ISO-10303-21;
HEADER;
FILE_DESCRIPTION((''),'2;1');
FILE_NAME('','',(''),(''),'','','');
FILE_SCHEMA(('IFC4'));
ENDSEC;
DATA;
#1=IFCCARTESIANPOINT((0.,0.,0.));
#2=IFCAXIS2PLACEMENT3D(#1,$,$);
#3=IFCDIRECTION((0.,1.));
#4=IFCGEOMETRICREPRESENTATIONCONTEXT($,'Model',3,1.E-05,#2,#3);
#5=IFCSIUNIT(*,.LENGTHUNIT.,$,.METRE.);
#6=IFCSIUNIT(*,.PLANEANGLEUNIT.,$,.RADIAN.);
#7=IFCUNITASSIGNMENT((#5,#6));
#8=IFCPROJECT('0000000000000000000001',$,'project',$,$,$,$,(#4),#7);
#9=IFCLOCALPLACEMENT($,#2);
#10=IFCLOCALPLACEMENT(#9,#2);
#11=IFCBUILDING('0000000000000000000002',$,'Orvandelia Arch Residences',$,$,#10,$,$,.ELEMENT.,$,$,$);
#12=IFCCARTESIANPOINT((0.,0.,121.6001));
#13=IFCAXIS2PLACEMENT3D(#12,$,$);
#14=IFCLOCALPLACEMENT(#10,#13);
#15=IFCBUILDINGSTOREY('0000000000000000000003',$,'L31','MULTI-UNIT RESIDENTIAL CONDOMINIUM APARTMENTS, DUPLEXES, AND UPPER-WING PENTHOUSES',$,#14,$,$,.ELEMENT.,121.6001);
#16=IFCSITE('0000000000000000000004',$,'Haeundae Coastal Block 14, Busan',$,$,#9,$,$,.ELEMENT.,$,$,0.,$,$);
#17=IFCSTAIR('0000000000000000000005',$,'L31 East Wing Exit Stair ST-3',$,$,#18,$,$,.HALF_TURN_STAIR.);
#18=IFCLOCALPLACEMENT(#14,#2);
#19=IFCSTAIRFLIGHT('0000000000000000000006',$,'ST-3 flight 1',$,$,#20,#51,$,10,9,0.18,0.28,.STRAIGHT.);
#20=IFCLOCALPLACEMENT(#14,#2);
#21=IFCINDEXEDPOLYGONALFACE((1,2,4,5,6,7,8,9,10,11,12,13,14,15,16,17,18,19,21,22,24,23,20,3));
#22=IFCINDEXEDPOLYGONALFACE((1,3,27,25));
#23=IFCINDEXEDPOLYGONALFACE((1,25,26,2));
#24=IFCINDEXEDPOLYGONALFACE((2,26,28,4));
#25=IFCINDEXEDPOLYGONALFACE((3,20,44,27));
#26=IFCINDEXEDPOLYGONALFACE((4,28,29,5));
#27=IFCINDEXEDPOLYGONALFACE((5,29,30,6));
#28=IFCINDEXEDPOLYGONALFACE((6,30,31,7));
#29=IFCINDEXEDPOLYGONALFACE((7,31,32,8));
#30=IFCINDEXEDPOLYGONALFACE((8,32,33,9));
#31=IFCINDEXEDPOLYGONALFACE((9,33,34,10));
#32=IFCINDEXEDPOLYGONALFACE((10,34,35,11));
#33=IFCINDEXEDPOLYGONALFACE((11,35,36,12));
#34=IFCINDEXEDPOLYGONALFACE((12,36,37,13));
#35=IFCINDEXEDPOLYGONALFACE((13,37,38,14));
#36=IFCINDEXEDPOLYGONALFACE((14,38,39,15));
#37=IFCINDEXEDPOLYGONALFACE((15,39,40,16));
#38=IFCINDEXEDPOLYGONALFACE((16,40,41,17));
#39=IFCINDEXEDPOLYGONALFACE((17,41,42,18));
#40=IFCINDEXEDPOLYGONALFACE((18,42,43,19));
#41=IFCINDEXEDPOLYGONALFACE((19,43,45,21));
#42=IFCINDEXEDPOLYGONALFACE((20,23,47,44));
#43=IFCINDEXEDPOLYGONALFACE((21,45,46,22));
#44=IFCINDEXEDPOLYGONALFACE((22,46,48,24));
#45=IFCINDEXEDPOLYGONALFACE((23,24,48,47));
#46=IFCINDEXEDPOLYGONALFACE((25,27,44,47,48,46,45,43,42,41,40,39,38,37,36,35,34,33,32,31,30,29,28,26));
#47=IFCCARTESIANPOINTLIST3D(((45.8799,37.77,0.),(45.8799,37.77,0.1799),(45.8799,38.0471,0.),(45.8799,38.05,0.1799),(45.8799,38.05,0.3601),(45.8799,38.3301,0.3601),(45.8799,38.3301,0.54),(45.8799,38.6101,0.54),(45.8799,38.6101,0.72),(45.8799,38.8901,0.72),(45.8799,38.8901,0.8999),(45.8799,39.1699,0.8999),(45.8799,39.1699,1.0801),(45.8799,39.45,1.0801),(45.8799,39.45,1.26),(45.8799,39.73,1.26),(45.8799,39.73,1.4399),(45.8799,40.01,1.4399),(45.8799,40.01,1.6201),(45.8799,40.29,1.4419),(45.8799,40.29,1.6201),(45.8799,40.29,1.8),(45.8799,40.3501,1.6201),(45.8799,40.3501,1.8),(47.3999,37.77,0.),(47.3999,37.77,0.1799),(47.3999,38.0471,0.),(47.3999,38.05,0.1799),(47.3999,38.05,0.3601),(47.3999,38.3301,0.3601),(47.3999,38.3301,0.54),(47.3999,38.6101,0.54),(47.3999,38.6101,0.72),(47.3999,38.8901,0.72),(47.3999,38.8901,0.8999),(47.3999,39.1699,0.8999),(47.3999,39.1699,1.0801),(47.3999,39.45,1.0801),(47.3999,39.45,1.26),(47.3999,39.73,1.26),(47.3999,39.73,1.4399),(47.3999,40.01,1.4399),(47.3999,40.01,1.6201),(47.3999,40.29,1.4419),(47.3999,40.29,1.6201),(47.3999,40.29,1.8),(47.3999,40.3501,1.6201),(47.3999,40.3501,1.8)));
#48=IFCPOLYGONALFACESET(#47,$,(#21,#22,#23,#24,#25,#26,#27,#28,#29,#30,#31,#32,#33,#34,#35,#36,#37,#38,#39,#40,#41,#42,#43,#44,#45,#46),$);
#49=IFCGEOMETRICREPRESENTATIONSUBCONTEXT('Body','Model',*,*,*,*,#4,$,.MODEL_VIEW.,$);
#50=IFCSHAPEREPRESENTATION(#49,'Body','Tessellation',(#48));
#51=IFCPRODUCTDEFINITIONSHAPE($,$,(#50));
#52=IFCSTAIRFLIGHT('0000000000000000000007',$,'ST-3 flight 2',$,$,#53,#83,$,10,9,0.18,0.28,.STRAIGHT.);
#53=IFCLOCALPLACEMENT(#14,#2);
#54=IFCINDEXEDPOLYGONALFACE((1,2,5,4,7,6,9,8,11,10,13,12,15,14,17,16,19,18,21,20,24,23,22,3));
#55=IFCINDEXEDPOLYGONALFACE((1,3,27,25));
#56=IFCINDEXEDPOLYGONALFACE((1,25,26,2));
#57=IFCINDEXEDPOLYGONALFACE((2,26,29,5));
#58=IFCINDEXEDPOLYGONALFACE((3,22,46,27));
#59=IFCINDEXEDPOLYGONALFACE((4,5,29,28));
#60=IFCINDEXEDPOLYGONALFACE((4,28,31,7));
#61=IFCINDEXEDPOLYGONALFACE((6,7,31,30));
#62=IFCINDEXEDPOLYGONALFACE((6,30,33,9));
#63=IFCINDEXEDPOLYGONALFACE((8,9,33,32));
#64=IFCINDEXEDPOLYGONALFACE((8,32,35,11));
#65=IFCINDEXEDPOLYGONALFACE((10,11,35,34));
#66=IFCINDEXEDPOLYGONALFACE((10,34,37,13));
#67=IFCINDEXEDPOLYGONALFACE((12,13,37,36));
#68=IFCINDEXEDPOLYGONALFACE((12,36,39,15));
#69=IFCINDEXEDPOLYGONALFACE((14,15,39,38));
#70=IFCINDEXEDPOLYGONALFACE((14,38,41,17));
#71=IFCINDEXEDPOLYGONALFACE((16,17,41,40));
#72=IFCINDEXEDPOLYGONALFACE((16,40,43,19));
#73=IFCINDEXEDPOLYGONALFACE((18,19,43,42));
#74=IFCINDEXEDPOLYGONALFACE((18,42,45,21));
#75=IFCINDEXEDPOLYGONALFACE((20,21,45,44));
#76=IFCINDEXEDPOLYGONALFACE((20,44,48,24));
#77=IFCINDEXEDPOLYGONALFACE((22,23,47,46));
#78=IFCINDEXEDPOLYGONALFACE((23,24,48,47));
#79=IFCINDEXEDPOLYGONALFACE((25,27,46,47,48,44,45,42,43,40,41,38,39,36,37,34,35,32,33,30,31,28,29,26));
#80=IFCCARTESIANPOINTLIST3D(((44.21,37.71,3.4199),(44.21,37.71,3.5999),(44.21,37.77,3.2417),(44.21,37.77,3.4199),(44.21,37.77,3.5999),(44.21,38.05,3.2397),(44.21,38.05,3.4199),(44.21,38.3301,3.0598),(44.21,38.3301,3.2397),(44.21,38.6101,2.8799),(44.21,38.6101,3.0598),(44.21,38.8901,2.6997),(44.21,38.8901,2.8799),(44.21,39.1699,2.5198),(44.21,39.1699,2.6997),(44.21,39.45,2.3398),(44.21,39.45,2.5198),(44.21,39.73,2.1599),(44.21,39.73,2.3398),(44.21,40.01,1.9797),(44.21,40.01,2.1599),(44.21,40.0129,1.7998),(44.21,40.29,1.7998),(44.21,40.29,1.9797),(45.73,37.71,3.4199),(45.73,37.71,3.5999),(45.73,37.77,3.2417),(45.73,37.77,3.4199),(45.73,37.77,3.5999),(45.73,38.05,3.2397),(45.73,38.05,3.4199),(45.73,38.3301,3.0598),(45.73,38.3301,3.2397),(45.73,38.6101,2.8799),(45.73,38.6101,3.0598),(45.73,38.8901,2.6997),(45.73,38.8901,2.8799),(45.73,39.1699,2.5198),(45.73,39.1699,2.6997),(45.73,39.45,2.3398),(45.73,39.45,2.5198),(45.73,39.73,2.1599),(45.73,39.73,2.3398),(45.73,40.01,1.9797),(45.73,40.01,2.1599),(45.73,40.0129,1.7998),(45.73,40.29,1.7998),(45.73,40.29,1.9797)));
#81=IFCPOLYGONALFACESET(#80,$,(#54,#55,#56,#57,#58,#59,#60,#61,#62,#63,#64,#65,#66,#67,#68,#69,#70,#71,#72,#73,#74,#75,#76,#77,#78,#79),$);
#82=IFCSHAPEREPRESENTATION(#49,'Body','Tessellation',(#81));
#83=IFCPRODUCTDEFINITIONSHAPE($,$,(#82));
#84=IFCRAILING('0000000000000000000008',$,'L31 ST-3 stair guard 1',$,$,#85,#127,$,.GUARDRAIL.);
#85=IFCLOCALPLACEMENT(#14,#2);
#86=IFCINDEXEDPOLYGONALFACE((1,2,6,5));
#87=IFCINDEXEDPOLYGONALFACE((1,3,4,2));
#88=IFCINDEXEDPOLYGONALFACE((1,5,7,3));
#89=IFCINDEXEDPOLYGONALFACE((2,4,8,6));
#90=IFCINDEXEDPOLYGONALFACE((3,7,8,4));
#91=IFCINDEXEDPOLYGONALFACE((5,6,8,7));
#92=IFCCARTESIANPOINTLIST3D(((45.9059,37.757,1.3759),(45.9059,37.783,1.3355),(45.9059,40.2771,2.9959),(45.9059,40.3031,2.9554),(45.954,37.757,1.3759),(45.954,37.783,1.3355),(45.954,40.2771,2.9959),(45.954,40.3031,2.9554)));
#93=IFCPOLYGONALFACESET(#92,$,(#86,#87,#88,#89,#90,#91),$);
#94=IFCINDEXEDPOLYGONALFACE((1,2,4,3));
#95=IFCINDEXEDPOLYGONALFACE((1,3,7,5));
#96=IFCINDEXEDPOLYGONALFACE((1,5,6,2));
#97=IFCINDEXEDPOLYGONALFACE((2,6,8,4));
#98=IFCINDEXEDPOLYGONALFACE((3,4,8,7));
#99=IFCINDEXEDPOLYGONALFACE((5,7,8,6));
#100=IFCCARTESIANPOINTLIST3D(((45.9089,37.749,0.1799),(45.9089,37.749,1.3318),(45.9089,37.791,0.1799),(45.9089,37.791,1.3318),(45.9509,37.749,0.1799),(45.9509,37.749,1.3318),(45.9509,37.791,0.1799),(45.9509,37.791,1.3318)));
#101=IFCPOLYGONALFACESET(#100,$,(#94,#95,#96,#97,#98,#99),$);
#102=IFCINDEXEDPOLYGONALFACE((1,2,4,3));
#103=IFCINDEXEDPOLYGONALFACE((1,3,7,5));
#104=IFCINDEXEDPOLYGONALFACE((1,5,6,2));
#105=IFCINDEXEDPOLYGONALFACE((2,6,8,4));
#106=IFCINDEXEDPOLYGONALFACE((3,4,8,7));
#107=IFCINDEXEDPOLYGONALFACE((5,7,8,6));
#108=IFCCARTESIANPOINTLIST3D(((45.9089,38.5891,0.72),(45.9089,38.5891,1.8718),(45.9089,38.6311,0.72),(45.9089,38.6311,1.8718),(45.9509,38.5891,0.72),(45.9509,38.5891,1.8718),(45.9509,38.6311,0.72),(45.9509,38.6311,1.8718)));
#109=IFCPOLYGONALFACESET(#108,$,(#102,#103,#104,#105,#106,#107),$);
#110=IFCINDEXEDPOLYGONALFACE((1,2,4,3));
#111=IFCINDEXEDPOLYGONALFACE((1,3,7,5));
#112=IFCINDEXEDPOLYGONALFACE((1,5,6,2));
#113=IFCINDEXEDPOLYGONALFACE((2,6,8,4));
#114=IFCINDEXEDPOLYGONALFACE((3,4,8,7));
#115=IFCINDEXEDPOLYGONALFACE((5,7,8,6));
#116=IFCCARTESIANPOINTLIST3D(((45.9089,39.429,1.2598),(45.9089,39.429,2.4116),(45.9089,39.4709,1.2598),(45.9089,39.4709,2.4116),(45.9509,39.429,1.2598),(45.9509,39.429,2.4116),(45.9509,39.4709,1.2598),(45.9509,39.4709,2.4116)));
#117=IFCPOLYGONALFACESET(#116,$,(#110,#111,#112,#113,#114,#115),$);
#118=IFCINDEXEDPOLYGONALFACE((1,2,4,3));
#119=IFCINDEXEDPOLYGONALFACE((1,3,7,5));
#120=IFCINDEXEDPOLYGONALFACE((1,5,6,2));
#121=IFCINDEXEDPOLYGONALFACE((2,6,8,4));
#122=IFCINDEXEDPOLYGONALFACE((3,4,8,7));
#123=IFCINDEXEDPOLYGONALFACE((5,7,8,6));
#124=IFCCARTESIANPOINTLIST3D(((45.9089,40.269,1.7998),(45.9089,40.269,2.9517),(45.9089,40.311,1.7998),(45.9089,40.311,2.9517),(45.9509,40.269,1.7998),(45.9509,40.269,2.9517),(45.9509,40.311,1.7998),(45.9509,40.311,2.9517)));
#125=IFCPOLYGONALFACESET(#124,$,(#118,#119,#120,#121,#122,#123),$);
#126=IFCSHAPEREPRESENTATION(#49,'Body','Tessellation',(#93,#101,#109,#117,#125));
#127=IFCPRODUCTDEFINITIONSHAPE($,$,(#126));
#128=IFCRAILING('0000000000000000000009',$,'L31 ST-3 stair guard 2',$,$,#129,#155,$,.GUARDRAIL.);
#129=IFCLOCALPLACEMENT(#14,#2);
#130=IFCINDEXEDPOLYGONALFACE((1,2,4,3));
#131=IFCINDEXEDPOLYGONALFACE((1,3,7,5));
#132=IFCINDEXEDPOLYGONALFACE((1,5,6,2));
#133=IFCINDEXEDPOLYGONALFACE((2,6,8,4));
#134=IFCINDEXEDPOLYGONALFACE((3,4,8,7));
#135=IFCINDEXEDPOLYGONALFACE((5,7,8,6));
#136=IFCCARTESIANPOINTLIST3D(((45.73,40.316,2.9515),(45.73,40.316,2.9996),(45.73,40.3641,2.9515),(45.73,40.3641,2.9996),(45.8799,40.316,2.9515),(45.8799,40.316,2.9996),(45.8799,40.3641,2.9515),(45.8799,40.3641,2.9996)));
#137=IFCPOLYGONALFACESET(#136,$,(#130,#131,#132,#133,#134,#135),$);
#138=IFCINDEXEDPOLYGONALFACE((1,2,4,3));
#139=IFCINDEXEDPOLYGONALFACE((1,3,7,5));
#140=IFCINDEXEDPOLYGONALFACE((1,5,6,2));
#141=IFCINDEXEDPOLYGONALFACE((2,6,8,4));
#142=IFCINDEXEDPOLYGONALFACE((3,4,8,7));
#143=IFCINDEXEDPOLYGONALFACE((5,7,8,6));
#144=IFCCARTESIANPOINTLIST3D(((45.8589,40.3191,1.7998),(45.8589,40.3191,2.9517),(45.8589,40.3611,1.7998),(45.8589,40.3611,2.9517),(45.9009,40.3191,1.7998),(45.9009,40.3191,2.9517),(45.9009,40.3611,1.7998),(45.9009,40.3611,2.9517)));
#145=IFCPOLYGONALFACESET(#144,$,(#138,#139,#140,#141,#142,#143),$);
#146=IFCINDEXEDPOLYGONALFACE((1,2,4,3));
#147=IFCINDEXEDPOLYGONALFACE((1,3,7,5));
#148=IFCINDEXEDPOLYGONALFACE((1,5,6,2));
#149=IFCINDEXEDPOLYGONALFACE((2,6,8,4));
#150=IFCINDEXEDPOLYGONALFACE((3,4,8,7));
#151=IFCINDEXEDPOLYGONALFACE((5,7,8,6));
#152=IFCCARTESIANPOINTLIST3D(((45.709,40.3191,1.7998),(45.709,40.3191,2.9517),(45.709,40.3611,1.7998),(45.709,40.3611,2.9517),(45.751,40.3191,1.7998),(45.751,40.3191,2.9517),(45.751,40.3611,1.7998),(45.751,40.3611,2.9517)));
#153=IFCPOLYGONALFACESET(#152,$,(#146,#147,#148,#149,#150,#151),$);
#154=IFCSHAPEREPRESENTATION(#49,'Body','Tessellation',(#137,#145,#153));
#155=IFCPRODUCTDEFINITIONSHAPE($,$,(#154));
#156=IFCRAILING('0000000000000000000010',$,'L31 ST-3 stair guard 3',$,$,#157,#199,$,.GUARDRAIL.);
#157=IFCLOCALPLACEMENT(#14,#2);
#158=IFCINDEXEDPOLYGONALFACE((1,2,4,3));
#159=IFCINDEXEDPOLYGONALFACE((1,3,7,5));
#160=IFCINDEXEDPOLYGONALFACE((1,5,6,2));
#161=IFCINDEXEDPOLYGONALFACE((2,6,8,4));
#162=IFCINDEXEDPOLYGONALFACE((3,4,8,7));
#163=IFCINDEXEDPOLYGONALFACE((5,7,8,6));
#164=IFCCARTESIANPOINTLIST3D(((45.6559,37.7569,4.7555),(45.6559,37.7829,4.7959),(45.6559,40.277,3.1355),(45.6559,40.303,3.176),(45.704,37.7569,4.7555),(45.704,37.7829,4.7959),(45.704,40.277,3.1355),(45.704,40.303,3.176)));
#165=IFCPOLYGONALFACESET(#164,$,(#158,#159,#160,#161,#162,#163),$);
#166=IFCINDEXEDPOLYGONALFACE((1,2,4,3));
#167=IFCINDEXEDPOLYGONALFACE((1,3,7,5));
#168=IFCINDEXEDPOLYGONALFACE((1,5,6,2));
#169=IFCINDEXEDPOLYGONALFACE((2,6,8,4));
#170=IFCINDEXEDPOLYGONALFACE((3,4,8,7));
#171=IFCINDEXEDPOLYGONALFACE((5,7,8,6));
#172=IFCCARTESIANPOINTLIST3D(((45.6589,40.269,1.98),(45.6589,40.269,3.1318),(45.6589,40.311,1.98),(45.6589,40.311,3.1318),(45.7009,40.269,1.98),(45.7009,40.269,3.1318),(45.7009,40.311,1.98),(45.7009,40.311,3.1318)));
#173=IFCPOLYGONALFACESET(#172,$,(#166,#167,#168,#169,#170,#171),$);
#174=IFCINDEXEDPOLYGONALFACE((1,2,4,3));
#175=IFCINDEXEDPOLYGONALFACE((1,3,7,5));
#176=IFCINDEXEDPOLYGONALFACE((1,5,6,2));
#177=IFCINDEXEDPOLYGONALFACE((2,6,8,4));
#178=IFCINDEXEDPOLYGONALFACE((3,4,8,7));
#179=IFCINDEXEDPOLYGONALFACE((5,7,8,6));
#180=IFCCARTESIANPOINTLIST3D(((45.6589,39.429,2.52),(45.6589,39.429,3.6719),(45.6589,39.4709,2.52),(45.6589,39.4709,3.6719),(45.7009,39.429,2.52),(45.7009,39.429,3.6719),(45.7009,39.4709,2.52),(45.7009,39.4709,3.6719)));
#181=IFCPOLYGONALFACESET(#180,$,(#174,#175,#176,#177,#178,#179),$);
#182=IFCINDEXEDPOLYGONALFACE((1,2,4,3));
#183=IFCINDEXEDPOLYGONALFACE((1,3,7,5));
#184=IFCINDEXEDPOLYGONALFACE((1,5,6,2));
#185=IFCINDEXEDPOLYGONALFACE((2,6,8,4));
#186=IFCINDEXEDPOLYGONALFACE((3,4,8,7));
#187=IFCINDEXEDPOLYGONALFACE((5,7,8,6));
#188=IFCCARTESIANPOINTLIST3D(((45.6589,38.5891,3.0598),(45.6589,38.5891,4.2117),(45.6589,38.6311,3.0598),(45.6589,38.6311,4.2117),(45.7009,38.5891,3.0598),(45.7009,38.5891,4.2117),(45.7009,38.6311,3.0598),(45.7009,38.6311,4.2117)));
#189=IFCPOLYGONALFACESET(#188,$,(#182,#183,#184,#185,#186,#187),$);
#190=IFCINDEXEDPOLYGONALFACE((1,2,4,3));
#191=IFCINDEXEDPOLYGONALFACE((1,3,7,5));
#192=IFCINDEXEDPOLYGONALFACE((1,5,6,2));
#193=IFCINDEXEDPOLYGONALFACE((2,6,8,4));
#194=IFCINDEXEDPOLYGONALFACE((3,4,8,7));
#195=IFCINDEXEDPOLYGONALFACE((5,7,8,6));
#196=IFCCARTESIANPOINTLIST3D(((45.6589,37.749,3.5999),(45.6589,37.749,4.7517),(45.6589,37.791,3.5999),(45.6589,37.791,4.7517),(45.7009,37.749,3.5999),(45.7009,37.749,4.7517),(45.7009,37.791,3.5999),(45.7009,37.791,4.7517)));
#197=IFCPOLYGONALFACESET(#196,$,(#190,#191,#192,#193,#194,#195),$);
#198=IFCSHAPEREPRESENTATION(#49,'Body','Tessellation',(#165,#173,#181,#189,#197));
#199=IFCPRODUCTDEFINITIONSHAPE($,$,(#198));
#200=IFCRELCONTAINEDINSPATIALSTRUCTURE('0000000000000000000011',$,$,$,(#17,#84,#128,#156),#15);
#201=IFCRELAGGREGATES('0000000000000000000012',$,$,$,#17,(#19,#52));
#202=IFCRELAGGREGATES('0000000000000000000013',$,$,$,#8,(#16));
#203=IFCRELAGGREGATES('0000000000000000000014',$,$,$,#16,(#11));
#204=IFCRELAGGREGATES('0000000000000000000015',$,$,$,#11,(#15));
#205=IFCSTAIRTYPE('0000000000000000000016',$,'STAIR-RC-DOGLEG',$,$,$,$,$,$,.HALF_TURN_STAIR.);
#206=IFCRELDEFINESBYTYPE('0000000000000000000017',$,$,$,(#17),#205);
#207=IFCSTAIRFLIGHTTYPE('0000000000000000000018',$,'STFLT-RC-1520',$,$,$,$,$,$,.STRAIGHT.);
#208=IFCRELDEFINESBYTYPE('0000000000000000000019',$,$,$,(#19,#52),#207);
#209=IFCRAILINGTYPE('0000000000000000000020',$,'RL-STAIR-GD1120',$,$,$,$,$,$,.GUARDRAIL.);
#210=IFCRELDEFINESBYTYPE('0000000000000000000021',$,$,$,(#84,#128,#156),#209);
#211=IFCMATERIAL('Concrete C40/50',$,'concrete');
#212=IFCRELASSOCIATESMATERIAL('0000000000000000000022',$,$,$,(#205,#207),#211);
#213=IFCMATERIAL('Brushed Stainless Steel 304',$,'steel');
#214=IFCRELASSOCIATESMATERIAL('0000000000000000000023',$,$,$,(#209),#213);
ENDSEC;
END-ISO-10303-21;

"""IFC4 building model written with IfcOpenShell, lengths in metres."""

from ifc_helpers import new_model, si_unit, direction, frame, origin, origin_2d, place, context, subcontext, project, spatial, polyline, rectangle, outline, extrude, material, type_object, element, aggregate, save


model = new_model("IFC4")

# Units and contexts
model_context = context("Model", 3, precision=1e-05, world=origin(), true_north=direction((0.0, 1.0)))
body_context = subcontext(model_context, "Body", "Model", "MODEL_VIEW")
ifc_project = project(units=[si_unit("LENGTHUNIT", "METRE"), si_unit("PLANEANGLEUNIT", "RADIAN")], contexts=[model_context])

# Site, building, storey
site_placement = place(None, origin())
site = spatial("IfcSite", under=ifc_project, at=site_placement, Name="Haeundae Coastal Block 14, Busan", CompositionType="ELEMENT", RefElevation=0.0)
building_placement = place(site_placement, origin())
building = spatial("IfcBuilding", under=site, at=building_placement, Name="Orvandelia Arch Residences", CompositionType="ELEMENT")
storey_placement = place(building_placement, frame((0.0, 0.0, 121.6001)))
storey = spatial("IfcBuildingStorey", under=building, at=storey_placement, Name="L31", Description="MULTI-UNIT RESIDENTIAL CONDOMINIUM APARTMENTS, DUPLEXES, AND UPPER-WING PENTHOUSES", CompositionType="ELEMENT", Elevation=121.6001)

# Stair, stair flights
ifc_material_1 = material(Name="Concrete C40/50", Category="concrete")
stair_type = type_object("IfcStairType", Name="STAIR-RC-DOGLEG", PredefinedType="HALF_TURN_STAIR", material=ifc_material_1)
stair_placement = place(storey_placement, origin())
stair = element("IfcStair", 1, at=stair_placement, inside=storey, type_object=stair_type, Name="L31 East Wing Exit Stair ST-3", PredefinedType="HALF_TURN_STAIR")
stair_flight_type = type_object("IfcStairFlightType", Name="STFLT-RC-1520", PredefinedType="STRAIGHT", material=ifc_material_1)
stair_flight_1_placement = place(storey_placement, frame((46.6399, 37.77, 0.0), z_axis=(0.0, 0.0, 1.0), x_axis=(0.0, 1.0, 0.0)))
stair_flight_1 = element("IfcStairFlight", 2, at=stair_flight_1_placement, type_object=stair_flight_type, Name="ST-3 flight 1", NumberOfRisers=10, NumberOfTreads=9, PredefinedType="STRAIGHT", RiserHeight=0.18, TreadLength=0.28, context=body_context, shape_type="SweptSolid", body=[
    extrude(outline(polyline([(0.0, 0.0), (0.0, 0.1799), (0.28, 0.1799), (0.28, 0.3601), (0.5601, 0.3601), (0.5601, 0.54), (0.8401, 0.54), (0.8401, 0.72), (1.1201, 0.72), (1.1201, 0.8999), (1.3999, 0.8999), (1.3999, 1.0801), (1.6799, 1.0801), (1.6799, 1.26), (1.96, 1.26), (1.96, 1.4399), (2.24, 1.4399), (2.24, 1.6201), (2.52, 1.6201), (2.52, 1.8), (2.5801, 1.8), (2.5801, 1.6201), (2.52, 1.4419), (0.2771, 0.0), (0.0, 0.0)])), frame((0.0, 0.76, 0.0), z_axis=(0.0, -1.0, 0.0), x_axis=(1.0, 0.0, 0.0)), (0.0, 0.0, 1.0), 1.52),
])
stair_flight_2_placement = place(storey_placement, frame((44.97, 40.29, 1.7998), z_axis=(0.0, 0.0, 1.0), x_axis=(0.0, -1.0, 0.0)))
stair_flight_2 = element("IfcStairFlight", 3, at=stair_flight_2_placement, type_object=stair_flight_type, Name="ST-3 flight 2", NumberOfRisers=10, NumberOfTreads=9, PredefinedType="STRAIGHT", RiserHeight=0.18, TreadLength=0.28, context=body_context, shape_type="SweptSolid", body=[
    extrude(outline(polyline([(0.0, 0.0), (0.0, 0.1799), (0.28, 0.1799), (0.28, 0.3601), (0.5601, 0.3601), (0.5601, 0.54), (0.8401, 0.54), (0.8401, 0.72), (1.1201, 0.72), (1.1201, 0.8999), (1.3999, 0.8999), (1.3999, 1.0801), (1.6799, 1.0801), (1.6799, 1.26), (1.96, 1.26), (1.96, 1.4399), (2.24, 1.4399), (2.24, 1.6201), (2.52, 1.6201), (2.52, 1.8), (2.5801, 1.8), (2.5801, 1.6201), (2.52, 1.4419), (0.2771, 0.0), (0.0, 0.0)])), frame((0.0, 0.76, 0.0), z_axis=(0.0, -1.0, 0.0), x_axis=(1.0, 0.0, 0.0)), (0.0, 0.0, 1.0), 1.52),
])
aggregate(stair, [stair_flight_1, stair_flight_2])

# Railings
ifc_material_2 = material(Name="Brushed Stainless Steel 304", Category="steel")
railing_type_1 = type_object("IfcRailingType", Name="RL-STAIR-GD1120", PredefinedType="GUARDRAIL", material=ifc_material_2)
railing_1_placement = place(storey_placement, frame((45.9299, 37.77, 0.1799)))
element("IfcRailing", 4, at=railing_1_placement, inside=storey, type_object=railing_type_1, Name="L31 ST-3 stair guard 1", PredefinedType="GUARDRAIL", context=body_context, shape_type="SweptSolid", body=[
    extrude(rectangle(XDim=0.0481, YDim=0.0481, at=origin_2d()), frame((0.0, 0.0, 1.1758), z_axis=(0.0, 0.8412, 0.540725), x_axis=(-1.0, 0.0, 0.0)), (0.0, 0.0, 1.0), 2.9958),
    extrude(rectangle(XDim=0.042, YDim=0.042, at=origin_2d()), origin(), (0.0, 0.0, 1.0), 1.1519),
    extrude(rectangle(XDim=0.042, YDim=0.042, at=origin_2d()), frame((0.0, 0.8401, 0.54)), (0.0, 0.0, 1.0), 1.1519),
    extrude(rectangle(XDim=0.042, YDim=0.042, at=origin_2d()), frame((0.0, 1.6799, 1.0798)), (0.0, 0.0, 1.0), 1.1519),
    extrude(rectangle(XDim=0.042, YDim=0.042, at=origin_2d()), frame((0.0, 2.52, 1.6199)), (0.0, 0.0, 1.0), 1.1519),
])
railing_2_placement = place(storey_placement, frame((45.8799, 40.3401, 1.7998)))
element("IfcRailing", 5, at=railing_2_placement, inside=storey, type_object=railing_type_1, Name="L31 ST-3 stair guard 2", PredefinedType="GUARDRAIL", context=body_context, shape_type="SweptSolid", body=[
    extrude(rectangle(XDim=0.0481, YDim=0.0481, at=origin_2d()), frame((0.0, 0.0, 1.1758), z_axis=(-1.0, 0.0, 0.0), x_axis=(0.0, -1.0, 0.0)), (0.0, 0.0, 1.0), 0.1499),
    extrude(rectangle(XDim=0.042, YDim=0.042, at=origin_2d()), origin(), (0.0, 0.0, 1.0), 1.1519),
    extrude(rectangle(XDim=0.042, YDim=0.042, at=origin_2d()), frame((-0.1499, 0.0, 0.0)), (0.0, 0.0, 1.0), 1.1519),
])
railing_3_placement = place(storey_placement, frame((45.6799, 40.29, 1.98)))
element("IfcRailing", 6, at=railing_3_placement, inside=storey, type_object=railing_type_1, Name="L31 ST-3 stair guard 3", PredefinedType="GUARDRAIL", context=body_context, shape_type="SweptSolid", body=[
    extrude(rectangle(XDim=0.0481, YDim=0.0481, at=origin_2d()), frame((0.0, 0.0, 1.1758), z_axis=(0.0, -0.8412, 0.540725), x_axis=(1.0, 0.0, 0.0)), (0.0, 0.0, 1.0), 2.9958),
    extrude(rectangle(XDim=0.042, YDim=0.042, at=origin_2d()), origin(), (0.0, 0.0, 1.0), 1.1519),
    extrude(rectangle(XDim=0.042, YDim=0.042, at=origin_2d()), frame((0.0, -0.8401, 0.54)), (0.0, 0.0, 1.0), 1.1519),
    extrude(rectangle(XDim=0.042, YDim=0.042, at=origin_2d()), frame((0.0, -1.6799, 1.0798)), (0.0, 0.0, 1.0), 1.1519),
    extrude(rectangle(XDim=0.042, YDim=0.042, at=origin_2d()), frame((0.0, -2.52, 1.6199)), (0.0, 0.0, 1.0), 1.1519),
])

save(model, "model.ifc")
